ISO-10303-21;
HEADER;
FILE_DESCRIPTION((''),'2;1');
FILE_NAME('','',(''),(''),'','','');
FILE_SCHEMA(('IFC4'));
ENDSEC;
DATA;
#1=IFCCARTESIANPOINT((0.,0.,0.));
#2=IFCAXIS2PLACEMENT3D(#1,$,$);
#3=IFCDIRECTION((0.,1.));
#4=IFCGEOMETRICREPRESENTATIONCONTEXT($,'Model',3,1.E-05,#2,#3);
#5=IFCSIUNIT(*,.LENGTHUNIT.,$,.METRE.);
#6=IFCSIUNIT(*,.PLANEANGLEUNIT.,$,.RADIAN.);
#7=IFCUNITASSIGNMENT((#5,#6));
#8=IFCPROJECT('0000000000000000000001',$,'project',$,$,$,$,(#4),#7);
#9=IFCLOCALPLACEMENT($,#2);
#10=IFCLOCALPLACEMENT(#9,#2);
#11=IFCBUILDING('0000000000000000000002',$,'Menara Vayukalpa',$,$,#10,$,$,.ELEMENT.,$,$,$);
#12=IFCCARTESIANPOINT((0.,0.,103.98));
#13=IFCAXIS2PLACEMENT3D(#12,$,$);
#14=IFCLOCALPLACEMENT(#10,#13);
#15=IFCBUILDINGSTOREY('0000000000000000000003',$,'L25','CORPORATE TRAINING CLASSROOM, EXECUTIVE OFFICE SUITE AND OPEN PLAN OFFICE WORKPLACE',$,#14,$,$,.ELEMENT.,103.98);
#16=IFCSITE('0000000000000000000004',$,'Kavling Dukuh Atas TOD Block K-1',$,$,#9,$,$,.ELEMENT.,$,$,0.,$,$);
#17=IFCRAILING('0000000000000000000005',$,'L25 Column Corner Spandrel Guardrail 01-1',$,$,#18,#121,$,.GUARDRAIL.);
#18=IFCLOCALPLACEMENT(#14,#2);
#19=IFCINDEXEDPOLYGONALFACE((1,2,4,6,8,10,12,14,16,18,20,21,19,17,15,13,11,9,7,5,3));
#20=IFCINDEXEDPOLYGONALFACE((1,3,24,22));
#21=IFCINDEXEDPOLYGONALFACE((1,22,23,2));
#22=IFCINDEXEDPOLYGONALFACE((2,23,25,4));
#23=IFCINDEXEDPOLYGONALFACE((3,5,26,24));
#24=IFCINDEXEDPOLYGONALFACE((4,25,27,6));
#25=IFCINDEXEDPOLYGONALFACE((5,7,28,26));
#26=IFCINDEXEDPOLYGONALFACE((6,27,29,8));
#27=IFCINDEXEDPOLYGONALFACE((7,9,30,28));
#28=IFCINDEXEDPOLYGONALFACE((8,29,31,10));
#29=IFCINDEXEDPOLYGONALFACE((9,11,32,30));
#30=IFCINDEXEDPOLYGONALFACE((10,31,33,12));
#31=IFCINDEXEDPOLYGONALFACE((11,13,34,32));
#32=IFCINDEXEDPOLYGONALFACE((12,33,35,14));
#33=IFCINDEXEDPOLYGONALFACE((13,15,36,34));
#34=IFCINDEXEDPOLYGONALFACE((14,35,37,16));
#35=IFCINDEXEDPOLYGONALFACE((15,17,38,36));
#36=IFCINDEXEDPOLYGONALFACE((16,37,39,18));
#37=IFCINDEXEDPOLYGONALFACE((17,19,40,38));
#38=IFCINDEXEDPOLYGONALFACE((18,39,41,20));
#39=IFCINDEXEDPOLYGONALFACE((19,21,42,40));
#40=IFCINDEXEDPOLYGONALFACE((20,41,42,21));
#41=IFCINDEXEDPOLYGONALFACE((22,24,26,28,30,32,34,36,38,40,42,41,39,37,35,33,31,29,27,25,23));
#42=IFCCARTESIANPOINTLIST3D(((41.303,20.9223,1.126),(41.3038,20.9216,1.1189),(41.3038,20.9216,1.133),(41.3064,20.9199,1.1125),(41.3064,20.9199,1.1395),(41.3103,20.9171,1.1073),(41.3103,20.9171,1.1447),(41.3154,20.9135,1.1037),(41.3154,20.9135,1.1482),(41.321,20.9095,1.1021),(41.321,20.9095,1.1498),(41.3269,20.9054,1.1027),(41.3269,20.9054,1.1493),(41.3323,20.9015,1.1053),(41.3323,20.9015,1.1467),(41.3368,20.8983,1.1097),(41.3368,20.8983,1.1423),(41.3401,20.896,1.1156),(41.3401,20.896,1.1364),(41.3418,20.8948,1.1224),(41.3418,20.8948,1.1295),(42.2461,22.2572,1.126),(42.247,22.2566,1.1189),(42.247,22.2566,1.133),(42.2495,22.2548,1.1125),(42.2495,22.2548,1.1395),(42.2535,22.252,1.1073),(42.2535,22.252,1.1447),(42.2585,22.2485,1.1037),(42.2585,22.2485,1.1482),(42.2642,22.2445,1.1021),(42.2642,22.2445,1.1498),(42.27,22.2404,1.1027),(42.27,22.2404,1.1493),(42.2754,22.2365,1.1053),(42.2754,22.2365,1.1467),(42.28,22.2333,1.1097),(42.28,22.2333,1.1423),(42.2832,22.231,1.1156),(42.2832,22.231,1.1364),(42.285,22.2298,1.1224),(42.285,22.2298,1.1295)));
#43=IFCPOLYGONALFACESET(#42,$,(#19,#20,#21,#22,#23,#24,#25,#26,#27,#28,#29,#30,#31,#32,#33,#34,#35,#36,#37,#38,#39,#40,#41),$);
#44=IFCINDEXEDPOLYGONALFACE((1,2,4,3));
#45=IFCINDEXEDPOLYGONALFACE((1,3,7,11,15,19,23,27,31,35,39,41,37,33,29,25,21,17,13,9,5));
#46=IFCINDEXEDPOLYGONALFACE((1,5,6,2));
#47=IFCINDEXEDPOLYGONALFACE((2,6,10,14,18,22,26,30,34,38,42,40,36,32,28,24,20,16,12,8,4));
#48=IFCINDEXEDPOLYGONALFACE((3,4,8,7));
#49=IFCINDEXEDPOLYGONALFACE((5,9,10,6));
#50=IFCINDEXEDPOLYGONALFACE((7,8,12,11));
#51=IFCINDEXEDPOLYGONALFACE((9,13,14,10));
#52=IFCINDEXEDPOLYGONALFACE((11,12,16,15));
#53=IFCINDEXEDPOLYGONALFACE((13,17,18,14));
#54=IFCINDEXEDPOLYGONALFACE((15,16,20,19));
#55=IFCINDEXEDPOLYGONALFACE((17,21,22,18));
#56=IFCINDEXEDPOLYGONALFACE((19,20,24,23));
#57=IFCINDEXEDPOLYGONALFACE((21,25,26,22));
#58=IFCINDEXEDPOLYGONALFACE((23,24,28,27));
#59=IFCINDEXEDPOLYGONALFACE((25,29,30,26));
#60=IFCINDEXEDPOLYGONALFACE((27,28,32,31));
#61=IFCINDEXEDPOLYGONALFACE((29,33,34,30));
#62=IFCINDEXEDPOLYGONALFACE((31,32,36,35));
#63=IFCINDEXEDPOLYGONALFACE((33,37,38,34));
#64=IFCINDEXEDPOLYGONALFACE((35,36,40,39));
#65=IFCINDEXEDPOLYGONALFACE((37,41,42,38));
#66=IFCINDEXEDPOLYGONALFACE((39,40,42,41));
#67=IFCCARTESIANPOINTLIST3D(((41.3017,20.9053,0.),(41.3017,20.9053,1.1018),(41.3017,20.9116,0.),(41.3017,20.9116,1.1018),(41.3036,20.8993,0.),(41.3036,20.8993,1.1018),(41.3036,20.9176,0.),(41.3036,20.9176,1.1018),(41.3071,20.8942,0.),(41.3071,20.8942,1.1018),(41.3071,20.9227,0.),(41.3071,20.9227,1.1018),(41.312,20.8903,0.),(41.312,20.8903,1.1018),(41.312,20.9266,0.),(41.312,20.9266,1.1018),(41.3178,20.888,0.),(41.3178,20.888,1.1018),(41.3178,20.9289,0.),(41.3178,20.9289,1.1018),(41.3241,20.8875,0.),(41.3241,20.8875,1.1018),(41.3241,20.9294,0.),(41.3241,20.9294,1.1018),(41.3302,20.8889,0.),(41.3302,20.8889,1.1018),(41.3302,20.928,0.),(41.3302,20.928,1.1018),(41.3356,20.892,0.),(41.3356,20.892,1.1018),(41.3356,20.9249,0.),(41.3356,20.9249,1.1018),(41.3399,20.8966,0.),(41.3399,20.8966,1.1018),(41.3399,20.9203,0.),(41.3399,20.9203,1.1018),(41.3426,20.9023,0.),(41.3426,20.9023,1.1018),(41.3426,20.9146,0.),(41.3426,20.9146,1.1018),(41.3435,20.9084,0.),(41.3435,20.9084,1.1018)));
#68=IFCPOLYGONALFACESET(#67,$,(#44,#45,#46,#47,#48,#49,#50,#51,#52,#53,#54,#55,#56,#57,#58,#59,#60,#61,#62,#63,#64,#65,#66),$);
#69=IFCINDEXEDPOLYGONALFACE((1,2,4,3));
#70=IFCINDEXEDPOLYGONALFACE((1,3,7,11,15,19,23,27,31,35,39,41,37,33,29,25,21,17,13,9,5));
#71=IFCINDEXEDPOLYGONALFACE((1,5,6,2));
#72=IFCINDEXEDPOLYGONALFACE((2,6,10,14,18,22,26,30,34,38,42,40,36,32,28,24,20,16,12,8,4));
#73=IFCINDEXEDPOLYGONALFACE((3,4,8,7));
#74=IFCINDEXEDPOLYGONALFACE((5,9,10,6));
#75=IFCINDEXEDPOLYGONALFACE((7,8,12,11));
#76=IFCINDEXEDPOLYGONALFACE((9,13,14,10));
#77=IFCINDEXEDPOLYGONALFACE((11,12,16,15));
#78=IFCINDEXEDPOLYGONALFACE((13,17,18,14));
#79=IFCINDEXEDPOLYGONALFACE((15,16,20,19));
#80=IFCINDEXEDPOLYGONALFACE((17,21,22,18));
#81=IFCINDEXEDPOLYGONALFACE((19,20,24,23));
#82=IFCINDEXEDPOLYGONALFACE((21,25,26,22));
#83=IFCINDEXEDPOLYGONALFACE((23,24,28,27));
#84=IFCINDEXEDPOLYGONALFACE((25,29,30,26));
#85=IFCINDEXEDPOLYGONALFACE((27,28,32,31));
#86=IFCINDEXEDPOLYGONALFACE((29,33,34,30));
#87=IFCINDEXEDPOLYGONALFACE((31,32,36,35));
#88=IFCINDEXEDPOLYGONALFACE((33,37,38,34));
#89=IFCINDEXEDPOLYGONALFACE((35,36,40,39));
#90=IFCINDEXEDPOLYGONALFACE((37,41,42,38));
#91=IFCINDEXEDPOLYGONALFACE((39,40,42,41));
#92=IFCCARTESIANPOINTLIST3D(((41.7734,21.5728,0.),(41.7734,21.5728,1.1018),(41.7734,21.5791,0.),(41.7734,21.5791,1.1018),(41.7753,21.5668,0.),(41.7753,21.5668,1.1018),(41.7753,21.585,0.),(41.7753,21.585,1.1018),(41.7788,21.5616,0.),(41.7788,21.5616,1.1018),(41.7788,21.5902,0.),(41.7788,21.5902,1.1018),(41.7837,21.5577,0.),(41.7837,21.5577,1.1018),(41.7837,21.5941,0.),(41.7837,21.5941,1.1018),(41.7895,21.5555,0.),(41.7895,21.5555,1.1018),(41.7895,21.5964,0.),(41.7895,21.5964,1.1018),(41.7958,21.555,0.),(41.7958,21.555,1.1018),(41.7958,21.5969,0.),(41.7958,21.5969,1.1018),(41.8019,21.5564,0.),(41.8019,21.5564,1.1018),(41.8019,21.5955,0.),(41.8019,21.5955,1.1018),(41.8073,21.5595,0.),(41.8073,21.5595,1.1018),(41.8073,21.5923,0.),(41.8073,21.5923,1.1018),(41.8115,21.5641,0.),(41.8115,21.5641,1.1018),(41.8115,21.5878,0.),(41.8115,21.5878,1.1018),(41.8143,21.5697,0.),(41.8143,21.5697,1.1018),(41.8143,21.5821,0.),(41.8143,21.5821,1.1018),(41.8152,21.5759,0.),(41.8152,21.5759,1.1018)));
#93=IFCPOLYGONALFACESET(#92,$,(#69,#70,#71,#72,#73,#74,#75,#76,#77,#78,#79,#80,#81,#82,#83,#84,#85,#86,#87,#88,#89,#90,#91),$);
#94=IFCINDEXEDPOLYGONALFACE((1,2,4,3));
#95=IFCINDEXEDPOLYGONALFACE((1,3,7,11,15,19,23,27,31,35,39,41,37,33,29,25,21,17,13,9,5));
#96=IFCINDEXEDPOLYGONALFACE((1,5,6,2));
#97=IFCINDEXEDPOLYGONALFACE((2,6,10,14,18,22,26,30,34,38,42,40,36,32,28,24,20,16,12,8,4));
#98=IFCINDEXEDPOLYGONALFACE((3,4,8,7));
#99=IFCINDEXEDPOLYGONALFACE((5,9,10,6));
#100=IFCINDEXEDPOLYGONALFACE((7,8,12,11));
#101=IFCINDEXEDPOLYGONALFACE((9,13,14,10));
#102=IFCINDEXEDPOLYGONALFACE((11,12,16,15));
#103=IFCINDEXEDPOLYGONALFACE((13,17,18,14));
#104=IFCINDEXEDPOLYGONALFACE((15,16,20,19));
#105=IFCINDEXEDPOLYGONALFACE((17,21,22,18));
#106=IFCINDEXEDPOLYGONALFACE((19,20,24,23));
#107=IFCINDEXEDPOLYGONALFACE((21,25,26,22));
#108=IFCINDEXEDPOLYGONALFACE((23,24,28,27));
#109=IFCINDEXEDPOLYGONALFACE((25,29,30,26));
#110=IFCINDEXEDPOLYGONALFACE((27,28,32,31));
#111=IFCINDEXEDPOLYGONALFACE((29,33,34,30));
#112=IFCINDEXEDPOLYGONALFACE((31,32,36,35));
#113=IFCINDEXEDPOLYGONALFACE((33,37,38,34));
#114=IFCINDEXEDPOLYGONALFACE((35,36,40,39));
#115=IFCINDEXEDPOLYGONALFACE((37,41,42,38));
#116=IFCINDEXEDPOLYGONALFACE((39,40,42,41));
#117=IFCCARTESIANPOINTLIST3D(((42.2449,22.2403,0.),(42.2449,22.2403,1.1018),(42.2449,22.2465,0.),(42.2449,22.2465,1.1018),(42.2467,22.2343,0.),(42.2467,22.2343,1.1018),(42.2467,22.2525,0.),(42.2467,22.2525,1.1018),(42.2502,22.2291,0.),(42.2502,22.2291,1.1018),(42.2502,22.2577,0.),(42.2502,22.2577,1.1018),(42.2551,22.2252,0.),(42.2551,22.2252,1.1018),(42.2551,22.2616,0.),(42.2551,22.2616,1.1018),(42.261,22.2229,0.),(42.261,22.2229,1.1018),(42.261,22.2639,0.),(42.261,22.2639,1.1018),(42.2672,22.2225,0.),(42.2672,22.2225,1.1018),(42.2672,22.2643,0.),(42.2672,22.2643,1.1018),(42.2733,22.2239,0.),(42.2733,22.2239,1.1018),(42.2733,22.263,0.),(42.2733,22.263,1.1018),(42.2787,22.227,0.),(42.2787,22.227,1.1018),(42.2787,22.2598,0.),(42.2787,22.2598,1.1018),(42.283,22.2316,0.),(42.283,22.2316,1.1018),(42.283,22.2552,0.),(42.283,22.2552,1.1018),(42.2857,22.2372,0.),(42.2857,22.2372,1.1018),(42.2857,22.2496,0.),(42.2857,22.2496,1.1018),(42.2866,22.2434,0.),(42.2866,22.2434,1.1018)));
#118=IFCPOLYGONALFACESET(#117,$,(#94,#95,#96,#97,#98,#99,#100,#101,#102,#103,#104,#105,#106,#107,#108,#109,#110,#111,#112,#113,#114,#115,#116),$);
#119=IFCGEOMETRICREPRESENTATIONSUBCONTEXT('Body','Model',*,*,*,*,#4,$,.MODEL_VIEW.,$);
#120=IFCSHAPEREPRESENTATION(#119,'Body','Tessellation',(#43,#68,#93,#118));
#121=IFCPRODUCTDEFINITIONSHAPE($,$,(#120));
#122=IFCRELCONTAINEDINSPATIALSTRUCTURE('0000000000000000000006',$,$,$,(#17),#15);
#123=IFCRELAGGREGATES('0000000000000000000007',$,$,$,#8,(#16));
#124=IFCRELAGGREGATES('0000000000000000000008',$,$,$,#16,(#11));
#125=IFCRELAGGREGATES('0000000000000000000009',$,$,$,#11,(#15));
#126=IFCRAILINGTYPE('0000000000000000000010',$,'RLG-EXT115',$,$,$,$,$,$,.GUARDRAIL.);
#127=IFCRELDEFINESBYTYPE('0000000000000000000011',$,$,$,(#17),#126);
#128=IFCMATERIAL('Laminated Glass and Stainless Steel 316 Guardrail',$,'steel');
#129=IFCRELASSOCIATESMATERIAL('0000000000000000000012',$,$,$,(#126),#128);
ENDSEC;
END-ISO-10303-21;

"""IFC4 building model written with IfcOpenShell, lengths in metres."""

from ifc_helpers import new_model, si_unit, direction, frame, origin, origin_2d, place, context, subcontext, project, spatial, circle, extrude, material, type_object, element, save


model = new_model("IFC4")

# Units and contexts
model_context = context("Model", 3, precision=1e-05, world=origin(), true_north=direction((0.0, 1.0)))
body_context = subcontext(model_context, "Body", "Model", "MODEL_VIEW")
ifc_project = project(units=[si_unit("LENGTHUNIT", "METRE"), si_unit("PLANEANGLEUNIT", "RADIAN")], contexts=[model_context])

# Site, building, storey
site_placement = place(None, origin())
site = spatial("IfcSite", under=ifc_project, at=site_placement, Name="Kavling Dukuh Atas TOD Block K-1", CompositionType="ELEMENT", RefElevation=0.0)
building_placement = place(site_placement, origin())
building = spatial("IfcBuilding", under=site, at=building_placement, Name="Menara Vayukalpa", CompositionType="ELEMENT")
storey_placement = place(building_placement, frame((0.0, 0.0, 103.98)))
storey = spatial("IfcBuildingStorey", under=building, at=storey_placement, Name="L25", Description="CORPORATE TRAINING CLASSROOM, EXECUTIVE OFFICE SUITE AND OPEN PLAN OFFICE WORKPLACE", CompositionType="ELEMENT", Elevation=103.98)

# Railing
ifc_material_1 = material(Name="Laminated Glass and Stainless Steel 316 Guardrail", Category="steel")
railing_type_1 = type_object("IfcRailingType", Name="RLG-EXT115", PredefinedType="GUARDRAIL", material=ifc_material_1)
railing_1_placement = place(storey_placement, frame((41.3225, 20.9084, 0.0)))
element("IfcRailing", 1, at=railing_1_placement, inside=storey, type_object=railing_type_1, Name="L25 Column Corner Spandrel Guardrail 01-1", PredefinedType="GUARDRAIL", context=body_context, shape_type="SweptSolid", body=[
    extrude(circle(Radius=0.0239, at=origin_2d()), frame((0.0, 0.0, 1.126), z_axis=(0.577006, 0.81674, 0.0), x_axis=(-0.81674, 0.577006, 0.0)), (0.0, 0.0, 1.0), 1.6345),
    extrude(circle(Radius=0.021, at=origin_2d()), origin(), (0.0, 0.0, 1.0), 1.1018),
    extrude(circle(Radius=0.021, at=origin_2d()), frame((0.4717, 0.6675, 0.0)), (0.0, 0.0, 1.0), 1.1018),
    extrude(circle(Radius=0.021, at=origin_2d()), frame((0.9431, 1.335, 0.0)), (0.0, 0.0, 1.0), 1.1018),
])

save(model, "model.ifc")
